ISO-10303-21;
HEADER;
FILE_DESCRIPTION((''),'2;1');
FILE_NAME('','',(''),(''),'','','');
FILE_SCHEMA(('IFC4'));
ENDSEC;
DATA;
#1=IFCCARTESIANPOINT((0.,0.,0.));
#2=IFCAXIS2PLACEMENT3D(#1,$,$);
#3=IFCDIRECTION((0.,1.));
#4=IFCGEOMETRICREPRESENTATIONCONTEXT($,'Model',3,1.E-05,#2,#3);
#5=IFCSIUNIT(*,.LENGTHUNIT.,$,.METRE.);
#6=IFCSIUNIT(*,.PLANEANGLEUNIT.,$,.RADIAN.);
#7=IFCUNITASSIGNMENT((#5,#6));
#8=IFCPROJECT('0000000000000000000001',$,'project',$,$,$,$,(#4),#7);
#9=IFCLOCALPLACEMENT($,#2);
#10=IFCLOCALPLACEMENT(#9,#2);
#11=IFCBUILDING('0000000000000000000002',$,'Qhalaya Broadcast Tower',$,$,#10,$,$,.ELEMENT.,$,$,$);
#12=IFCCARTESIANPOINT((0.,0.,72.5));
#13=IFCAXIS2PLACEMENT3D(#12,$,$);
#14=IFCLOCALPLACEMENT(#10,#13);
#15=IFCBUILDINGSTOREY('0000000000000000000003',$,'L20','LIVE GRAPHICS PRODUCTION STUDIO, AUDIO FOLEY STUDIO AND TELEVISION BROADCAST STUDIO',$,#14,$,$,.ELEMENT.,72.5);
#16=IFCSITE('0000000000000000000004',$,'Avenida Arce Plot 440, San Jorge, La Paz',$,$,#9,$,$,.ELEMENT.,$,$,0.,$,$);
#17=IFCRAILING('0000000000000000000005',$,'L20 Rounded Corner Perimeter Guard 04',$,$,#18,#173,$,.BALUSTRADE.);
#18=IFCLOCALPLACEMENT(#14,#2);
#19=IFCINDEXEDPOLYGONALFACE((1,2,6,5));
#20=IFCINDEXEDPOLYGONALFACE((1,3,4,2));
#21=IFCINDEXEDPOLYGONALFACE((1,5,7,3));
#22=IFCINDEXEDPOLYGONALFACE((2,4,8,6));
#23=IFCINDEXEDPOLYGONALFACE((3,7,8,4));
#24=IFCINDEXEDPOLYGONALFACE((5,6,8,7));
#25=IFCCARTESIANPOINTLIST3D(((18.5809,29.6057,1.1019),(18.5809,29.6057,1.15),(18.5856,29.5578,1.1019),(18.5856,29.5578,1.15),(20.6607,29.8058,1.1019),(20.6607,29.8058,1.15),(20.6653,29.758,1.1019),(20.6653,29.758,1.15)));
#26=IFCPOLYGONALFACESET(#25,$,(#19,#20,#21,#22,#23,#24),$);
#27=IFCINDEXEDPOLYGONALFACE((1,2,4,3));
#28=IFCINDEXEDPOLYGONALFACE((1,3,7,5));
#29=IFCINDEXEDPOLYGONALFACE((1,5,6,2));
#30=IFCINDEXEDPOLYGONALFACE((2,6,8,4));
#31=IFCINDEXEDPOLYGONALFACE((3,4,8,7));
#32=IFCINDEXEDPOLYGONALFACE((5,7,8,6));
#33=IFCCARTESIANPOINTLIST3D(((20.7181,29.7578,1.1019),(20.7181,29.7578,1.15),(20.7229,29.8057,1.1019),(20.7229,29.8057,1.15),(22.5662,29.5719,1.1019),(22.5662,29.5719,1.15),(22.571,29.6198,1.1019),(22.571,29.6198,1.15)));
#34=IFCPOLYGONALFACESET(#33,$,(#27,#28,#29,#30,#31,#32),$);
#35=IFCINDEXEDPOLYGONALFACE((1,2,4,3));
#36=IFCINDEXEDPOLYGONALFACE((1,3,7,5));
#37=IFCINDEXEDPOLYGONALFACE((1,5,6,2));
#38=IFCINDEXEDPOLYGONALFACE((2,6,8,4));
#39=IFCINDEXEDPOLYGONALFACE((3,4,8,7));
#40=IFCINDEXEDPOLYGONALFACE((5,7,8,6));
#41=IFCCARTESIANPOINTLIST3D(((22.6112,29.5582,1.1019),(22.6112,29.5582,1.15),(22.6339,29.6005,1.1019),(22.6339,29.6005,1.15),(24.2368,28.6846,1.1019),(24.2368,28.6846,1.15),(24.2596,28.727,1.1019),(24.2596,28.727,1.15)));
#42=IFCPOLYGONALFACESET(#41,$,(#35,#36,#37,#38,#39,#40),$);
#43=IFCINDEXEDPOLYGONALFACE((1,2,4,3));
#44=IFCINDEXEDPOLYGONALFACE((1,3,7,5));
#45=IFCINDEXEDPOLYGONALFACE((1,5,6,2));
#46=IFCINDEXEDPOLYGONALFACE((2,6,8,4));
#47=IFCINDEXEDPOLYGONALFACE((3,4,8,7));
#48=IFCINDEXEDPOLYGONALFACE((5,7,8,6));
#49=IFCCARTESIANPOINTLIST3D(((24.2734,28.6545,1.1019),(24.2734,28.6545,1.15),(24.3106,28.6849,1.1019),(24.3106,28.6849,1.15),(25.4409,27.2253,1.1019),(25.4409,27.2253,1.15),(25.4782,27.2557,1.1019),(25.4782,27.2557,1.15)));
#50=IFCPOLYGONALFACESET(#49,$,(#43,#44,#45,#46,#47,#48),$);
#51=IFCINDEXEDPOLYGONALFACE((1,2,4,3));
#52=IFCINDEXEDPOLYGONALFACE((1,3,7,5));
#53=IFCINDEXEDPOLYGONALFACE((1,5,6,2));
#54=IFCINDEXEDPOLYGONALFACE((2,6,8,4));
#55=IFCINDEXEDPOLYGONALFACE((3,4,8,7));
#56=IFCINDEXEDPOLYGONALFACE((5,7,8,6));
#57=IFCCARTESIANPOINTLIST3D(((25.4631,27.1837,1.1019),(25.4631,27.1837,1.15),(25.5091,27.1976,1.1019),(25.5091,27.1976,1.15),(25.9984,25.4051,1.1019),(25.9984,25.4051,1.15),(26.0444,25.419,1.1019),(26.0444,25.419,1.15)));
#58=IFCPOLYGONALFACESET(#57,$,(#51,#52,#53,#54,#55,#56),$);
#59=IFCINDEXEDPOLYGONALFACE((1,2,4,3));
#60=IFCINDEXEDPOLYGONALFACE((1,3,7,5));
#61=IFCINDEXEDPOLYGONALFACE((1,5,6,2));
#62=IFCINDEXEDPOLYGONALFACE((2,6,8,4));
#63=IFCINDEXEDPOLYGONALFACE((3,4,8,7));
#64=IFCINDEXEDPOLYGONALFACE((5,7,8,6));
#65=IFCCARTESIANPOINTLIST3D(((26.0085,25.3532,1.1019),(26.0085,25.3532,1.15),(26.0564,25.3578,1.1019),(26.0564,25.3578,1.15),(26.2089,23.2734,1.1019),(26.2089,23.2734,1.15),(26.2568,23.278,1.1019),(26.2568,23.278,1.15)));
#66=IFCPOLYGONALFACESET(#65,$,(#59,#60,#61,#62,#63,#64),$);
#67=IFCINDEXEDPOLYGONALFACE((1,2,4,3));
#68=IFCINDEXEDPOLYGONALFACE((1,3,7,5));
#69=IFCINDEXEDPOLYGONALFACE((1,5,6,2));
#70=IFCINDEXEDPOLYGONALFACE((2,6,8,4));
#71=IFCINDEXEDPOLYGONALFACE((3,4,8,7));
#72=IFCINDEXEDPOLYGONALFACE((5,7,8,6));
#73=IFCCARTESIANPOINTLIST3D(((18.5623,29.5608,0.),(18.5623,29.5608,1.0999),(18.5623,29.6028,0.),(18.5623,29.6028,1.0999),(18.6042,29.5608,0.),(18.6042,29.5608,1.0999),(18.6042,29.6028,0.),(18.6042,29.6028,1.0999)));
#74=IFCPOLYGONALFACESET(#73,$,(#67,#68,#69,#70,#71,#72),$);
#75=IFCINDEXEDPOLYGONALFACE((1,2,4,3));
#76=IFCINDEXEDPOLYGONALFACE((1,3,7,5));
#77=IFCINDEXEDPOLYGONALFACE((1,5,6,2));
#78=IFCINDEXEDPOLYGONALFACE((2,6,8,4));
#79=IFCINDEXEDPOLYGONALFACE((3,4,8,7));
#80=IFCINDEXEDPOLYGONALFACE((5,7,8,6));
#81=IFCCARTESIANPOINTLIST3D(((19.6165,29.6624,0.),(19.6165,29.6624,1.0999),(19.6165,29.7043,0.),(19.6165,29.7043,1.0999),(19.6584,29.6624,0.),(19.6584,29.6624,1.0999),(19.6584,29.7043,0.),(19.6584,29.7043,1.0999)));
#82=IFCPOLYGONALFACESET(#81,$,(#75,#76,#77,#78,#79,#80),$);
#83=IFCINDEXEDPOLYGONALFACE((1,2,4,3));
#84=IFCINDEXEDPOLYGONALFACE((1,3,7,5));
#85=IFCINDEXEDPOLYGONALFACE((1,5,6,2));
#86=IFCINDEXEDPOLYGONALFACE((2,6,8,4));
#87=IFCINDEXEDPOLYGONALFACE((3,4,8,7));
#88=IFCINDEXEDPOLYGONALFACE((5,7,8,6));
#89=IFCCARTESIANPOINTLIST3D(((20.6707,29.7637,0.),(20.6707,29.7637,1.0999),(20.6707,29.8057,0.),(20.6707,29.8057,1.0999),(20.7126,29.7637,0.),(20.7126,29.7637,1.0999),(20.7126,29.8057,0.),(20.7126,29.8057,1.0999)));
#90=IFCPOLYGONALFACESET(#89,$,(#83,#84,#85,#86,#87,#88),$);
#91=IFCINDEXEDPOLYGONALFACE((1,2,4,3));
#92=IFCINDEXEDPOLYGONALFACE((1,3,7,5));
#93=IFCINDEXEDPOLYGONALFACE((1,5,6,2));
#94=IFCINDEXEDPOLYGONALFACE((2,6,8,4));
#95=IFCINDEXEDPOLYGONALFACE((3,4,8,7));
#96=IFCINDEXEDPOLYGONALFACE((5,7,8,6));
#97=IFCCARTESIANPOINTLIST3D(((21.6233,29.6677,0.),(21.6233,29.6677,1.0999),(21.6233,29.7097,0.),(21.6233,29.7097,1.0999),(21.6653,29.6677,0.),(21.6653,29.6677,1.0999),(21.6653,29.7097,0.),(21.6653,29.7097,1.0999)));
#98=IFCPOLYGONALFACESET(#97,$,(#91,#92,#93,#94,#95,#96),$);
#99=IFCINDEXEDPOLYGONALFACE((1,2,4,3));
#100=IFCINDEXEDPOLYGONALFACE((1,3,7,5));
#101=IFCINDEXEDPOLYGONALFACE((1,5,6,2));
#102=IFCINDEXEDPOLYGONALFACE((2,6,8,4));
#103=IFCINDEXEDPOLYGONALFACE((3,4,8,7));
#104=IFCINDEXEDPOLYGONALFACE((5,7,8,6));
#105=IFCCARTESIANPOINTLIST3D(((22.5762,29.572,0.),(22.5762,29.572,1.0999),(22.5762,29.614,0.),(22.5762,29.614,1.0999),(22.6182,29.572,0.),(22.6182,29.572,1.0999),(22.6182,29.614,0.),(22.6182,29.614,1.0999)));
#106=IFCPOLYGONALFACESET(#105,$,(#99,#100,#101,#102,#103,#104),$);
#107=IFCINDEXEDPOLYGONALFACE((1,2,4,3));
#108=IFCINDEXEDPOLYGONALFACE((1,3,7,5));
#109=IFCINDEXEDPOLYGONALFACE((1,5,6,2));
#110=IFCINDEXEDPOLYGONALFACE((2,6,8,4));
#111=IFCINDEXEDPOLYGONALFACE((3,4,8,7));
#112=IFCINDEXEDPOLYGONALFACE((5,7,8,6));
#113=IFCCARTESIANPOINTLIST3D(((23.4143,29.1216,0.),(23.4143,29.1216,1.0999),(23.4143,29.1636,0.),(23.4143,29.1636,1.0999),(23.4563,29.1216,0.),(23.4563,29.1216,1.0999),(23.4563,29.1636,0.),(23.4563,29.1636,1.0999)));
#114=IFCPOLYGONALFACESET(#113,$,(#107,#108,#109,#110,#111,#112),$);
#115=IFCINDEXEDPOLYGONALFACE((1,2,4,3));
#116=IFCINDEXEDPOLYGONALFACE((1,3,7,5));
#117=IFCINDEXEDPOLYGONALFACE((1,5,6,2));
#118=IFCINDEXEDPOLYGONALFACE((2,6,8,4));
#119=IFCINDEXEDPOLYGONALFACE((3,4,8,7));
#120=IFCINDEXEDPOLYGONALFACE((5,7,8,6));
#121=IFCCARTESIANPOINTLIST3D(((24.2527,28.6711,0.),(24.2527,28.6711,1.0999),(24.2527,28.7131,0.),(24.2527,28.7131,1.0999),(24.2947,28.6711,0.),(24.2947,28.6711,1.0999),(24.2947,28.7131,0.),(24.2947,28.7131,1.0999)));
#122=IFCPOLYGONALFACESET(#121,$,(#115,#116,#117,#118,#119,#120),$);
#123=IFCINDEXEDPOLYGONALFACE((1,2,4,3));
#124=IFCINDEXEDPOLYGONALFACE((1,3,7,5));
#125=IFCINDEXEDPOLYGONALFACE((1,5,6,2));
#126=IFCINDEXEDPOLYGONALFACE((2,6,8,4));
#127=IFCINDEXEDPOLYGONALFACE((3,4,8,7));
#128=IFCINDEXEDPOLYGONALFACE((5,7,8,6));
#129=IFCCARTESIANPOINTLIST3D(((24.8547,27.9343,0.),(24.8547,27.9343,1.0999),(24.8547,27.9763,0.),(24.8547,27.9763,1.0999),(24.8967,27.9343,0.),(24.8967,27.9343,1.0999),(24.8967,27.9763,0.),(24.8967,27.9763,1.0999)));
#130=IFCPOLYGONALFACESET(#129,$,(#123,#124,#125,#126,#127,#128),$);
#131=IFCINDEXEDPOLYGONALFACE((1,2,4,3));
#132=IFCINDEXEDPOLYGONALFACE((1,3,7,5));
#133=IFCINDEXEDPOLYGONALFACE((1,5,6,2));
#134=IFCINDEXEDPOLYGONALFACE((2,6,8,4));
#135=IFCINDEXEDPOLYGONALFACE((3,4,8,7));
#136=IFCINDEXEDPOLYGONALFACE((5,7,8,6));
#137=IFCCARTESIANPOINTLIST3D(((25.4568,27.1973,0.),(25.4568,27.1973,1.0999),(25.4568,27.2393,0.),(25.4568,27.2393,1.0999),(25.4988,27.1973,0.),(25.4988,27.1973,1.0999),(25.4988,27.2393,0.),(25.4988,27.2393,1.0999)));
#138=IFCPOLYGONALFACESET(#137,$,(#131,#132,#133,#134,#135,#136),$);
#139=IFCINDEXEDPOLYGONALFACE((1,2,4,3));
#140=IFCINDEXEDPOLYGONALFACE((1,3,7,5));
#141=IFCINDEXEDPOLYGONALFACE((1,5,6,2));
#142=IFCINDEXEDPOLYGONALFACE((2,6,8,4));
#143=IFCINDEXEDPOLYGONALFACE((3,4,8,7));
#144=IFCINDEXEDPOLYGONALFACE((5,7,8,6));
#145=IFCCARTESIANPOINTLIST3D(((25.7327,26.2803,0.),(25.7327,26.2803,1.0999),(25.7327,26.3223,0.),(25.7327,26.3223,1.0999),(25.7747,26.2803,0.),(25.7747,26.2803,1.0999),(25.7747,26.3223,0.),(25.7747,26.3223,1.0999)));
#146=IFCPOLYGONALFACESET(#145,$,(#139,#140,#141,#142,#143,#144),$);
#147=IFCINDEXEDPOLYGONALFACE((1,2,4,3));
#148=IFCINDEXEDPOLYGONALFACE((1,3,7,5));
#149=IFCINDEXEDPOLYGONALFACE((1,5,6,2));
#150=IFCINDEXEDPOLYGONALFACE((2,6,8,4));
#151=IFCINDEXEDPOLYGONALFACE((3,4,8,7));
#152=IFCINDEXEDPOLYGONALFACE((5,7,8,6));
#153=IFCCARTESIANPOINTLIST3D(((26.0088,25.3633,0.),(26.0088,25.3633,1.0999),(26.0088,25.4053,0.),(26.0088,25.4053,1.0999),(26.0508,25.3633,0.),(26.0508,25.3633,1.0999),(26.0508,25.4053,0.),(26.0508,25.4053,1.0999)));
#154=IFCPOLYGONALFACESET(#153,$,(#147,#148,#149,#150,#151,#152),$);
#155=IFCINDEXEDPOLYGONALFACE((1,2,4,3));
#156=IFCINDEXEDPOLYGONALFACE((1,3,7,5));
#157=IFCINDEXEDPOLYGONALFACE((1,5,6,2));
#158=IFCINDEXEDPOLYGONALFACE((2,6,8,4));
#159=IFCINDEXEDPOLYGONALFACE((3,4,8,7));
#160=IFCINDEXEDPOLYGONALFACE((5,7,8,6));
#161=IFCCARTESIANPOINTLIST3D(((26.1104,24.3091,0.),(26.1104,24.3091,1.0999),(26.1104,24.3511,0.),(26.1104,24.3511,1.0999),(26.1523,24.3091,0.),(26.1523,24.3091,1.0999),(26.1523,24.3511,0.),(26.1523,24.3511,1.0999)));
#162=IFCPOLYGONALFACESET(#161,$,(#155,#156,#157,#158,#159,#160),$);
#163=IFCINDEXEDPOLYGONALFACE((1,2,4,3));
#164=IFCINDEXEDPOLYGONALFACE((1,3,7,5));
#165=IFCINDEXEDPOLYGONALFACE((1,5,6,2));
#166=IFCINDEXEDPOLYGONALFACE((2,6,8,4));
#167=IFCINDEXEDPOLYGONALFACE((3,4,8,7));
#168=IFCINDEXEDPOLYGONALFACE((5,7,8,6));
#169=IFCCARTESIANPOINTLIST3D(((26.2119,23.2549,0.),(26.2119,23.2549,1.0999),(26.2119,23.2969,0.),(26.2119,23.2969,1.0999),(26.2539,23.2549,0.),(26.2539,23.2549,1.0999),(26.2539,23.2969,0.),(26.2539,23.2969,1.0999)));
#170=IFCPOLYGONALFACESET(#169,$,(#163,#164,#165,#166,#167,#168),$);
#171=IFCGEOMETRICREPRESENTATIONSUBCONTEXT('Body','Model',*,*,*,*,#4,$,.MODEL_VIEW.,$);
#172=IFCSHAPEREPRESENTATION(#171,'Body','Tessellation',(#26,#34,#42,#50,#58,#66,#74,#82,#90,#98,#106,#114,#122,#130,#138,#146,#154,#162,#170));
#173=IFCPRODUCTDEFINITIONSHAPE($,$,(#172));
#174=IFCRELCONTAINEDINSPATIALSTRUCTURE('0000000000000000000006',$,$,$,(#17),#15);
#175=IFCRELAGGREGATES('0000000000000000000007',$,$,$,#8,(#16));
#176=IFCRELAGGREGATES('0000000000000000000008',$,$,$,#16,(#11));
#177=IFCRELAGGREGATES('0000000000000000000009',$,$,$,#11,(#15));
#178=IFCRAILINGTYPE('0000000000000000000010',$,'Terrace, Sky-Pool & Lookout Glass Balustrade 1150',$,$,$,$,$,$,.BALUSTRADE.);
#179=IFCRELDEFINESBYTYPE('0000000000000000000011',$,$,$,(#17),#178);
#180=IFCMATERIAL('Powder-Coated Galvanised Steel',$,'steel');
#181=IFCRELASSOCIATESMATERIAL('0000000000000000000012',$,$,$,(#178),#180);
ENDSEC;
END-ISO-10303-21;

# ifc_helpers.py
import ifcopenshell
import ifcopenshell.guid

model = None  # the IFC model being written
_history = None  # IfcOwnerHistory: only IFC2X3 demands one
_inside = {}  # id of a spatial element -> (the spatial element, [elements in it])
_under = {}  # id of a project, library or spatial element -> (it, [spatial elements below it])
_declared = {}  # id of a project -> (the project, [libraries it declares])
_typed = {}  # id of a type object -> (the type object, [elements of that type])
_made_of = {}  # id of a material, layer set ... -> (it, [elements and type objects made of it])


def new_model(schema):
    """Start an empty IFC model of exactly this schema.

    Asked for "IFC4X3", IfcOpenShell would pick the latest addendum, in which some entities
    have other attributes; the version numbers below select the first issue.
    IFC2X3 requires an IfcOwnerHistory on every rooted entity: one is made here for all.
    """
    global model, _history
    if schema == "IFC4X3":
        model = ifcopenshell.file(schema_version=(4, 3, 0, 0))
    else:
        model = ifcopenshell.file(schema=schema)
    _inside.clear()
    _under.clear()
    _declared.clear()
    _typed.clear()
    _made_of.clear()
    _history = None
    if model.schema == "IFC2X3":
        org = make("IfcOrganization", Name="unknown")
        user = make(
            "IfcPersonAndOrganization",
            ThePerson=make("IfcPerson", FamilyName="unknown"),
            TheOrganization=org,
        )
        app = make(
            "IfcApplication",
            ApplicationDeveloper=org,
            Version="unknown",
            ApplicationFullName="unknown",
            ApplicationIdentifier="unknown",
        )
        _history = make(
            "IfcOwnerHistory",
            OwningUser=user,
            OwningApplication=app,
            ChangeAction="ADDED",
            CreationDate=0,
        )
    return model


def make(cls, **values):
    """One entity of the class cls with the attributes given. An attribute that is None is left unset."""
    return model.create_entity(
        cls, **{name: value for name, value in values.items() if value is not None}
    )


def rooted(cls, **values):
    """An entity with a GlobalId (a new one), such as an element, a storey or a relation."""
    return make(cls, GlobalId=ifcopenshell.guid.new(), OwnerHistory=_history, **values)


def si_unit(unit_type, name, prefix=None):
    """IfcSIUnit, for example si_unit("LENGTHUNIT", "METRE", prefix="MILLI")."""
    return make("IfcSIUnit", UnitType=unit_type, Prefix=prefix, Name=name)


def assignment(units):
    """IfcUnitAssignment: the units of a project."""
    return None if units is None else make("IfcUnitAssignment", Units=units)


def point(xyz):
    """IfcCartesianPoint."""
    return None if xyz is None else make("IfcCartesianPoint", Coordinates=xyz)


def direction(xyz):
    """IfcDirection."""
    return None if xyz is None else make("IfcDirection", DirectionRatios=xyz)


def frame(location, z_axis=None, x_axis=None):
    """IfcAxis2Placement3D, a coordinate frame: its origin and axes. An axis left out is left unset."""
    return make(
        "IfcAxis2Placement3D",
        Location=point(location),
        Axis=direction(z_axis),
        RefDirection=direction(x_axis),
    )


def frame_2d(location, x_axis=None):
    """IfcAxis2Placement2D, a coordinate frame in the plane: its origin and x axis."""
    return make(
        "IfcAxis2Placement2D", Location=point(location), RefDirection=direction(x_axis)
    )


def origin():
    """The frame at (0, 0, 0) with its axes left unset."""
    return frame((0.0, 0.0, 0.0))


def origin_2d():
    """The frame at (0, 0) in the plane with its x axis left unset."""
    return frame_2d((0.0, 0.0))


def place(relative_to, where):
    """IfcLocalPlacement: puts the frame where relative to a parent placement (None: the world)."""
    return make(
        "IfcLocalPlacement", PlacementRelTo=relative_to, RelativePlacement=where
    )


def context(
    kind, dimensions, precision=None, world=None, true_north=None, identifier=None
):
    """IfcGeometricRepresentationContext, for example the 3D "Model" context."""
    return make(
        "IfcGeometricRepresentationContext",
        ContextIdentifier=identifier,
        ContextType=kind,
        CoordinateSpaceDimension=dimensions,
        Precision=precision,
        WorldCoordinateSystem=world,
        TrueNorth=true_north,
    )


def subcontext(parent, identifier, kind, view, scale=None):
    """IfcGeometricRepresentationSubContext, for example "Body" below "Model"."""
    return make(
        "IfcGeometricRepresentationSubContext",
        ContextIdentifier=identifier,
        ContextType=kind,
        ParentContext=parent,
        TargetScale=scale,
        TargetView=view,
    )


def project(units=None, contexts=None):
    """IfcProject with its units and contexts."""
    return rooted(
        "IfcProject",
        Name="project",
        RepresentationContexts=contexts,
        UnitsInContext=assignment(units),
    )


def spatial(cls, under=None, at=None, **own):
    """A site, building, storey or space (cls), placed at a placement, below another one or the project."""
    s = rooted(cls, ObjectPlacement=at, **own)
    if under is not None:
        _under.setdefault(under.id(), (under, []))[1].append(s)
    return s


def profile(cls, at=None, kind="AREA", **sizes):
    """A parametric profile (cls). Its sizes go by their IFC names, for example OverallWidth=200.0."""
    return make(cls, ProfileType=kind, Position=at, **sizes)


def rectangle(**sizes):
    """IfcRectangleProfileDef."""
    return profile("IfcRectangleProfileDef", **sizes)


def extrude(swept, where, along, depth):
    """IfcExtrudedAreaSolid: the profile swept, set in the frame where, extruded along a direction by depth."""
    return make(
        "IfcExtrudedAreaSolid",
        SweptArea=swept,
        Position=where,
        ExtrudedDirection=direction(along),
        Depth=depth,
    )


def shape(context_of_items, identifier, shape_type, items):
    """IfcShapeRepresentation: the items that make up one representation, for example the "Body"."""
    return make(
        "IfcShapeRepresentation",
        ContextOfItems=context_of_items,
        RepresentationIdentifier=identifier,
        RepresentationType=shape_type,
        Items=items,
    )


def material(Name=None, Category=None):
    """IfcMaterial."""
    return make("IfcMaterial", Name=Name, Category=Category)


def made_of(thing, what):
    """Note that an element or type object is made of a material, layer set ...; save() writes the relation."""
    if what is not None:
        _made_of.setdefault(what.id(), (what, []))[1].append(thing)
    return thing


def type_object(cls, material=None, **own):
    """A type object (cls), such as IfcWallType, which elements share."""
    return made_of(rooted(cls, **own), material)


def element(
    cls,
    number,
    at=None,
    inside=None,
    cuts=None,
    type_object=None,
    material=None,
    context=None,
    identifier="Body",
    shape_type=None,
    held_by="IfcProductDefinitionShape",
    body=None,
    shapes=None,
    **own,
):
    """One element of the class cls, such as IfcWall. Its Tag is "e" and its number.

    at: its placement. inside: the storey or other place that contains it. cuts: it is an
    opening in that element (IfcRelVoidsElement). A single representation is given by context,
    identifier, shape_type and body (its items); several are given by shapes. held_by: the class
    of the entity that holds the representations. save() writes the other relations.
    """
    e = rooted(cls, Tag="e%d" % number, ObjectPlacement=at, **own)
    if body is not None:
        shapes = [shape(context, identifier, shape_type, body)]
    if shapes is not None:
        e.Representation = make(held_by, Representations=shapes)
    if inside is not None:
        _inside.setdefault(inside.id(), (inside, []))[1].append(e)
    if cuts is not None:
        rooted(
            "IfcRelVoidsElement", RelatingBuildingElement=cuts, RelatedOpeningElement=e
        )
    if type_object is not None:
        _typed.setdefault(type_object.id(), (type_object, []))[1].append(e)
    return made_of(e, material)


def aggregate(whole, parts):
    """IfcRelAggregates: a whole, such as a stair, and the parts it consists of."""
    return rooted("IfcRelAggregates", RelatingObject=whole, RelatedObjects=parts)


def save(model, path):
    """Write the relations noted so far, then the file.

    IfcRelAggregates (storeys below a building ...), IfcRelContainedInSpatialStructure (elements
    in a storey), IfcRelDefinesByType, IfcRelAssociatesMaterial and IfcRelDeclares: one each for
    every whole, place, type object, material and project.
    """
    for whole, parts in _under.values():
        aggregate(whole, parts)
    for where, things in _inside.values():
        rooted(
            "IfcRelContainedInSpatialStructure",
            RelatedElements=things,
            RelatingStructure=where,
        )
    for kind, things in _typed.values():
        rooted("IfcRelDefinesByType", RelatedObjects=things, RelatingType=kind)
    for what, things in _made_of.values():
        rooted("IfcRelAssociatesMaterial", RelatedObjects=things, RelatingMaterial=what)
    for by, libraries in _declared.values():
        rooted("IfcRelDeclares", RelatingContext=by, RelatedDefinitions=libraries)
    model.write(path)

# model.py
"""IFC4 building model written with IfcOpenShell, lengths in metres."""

from ifc_helpers import new_model, si_unit, direction, frame, origin, origin_2d, place, context, subcontext, project, spatial, rectangle, extrude, material, type_object, element, save


model = new_model("IFC4")

# Units and contexts
model_context = context("Model", 3, precision=1e-05, world=origin(), true_north=direction((0.0, 1.0)))
body_context = subcontext(model_context, "Body", "Model", "MODEL_VIEW")
ifc_project = project(units=[si_unit("LENGTHUNIT", "METRE"), si_unit("PLANEANGLEUNIT", "RADIAN")], contexts=[model_context])

# Site, building, storey
site_placement = place(None, origin())
site = spatial("IfcSite", under=ifc_project, at=site_placement, Name="Avenida Arce Plot 440, San Jorge, La Paz", CompositionType="ELEMENT", RefElevation=0.0)
building_placement = place(site_placement, origin())
building = spatial("IfcBuilding", under=site, at=building_placement, Name="Qhalaya Broadcast Tower", CompositionType="ELEMENT")
storey_placement = place(building_placement, frame((0.0, 0.0, 72.5)))
storey = spatial("IfcBuildingStorey", under=building, at=storey_placement, Name="L20", Description="LIVE GRAPHICS PRODUCTION STUDIO, AUDIO FOLEY STUDIO AND TELEVISION BROADCAST STUDIO", CompositionType="ELEMENT", Elevation=72.5)

# Railing
ifc_material_1 = material(Name="Powder-Coated Galvanised Steel", Category="steel")
railing_type = type_object("IfcRailingType", Name="Terrace, Sky-Pool & Lookout Glass Balustrade 1150", PredefinedType="BALUSTRADE", material=ifc_material_1)
railing_placement = place(storey_placement, frame((18.5833, 29.5818, 0.0)))
element("IfcRailing", 1, at=railing_placement, inside=storey, type_object=railing_type, Name="L20 Rounded Corner Perimeter Guard 04", PredefinedType="BALUSTRADE", context=body_context, shape_type="SweptSolid", body=[
    extrude(rectangle(XDim=0.0481, YDim=0.0481, at=origin_2d()), frame((0.0, 0.0, 1.126), z_axis=(0.995402, 0.095783, 0.0), x_axis=(-0.095783, 0.995402, 0.0)), (0.0, 0.0, 1.0), 2.0894),
    extrude(rectangle(XDim=0.0481, YDim=0.0481, at=origin_2d()), frame((2.1372, 0.2, 1.126), z_axis=(0.99498, -0.100072, 0.0), x_axis=(0.100072, 0.99498, 0.0)), (0.0, 0.0, 1.0), 1.8574),
    extrude(rectangle(XDim=0.0481, YDim=0.0481, at=origin_2d()), frame((4.0393, -0.0024, 1.126), z_axis=(0.880879, -0.473342, 0.0), x_axis=(0.473342, 0.880879, 0.0)), (0.0, 0.0, 1.0), 1.8455),
    extrude(rectangle(XDim=0.0481, YDim=0.0481, at=origin_2d()), frame((5.7087, -0.9121, 1.126), z_axis=(0.632672, -0.77442, 0.0), x_axis=(0.77442, 0.632672, 0.0)), (0.0, 0.0, 1.0), 1.8455),
    extrude(rectangle(XDim=0.0481, YDim=0.0481, at=origin_2d()), frame((6.9028, -2.3911, 1.126), z_axis=(0.288213, -0.957566, 0.0), x_axis=(0.957566, 0.288213, 0.0)), (0.0, 0.0, 1.0), 1.8574),
    extrude(rectangle(XDim=0.0481, YDim=0.0481, at=origin_2d()), frame((7.4492, -4.2263, 1.126), z_axis=(0.095897, -0.995391, 0.0), x_axis=(0.995391, 0.095897, 0.0)), (0.0, 0.0, 1.0), 2.0894),
    extrude(rectangle(XDim=0.042, YDim=0.042, at=origin_2d()), origin(), (0.0, 0.0, 1.0), 1.0999),
    extrude(rectangle(XDim=0.042, YDim=0.042, at=origin_2d()), frame((1.0542, 0.1016, 0.0)), (0.0, 0.0, 1.0), 1.0999),
    extrude(rectangle(XDim=0.042, YDim=0.042, at=origin_2d()), frame((2.1084, 0.2029, 0.0)), (0.0, 0.0, 1.0), 1.0999),
    extrude(rectangle(XDim=0.042, YDim=0.042, at=origin_2d()), frame((3.061, 0.1069, 0.0)), (0.0, 0.0, 1.0), 1.0999),
    extrude(rectangle(XDim=0.042, YDim=0.042, at=origin_2d()), frame((4.0139, 0.0112, 0.0)), (0.0, 0.0, 1.0), 1.0999),
    extrude(rectangle(XDim=0.042, YDim=0.042, at=origin_2d()), frame((4.8521, -0.4392, 0.0)), (0.0, 0.0, 1.0), 1.0999),
    extrude(rectangle(XDim=0.042, YDim=0.042, at=origin_2d()), frame((5.6904, -0.8896, 0.0)), (0.0, 0.0, 1.0), 1.0999),
    extrude(rectangle(XDim=0.042, YDim=0.042, at=origin_2d()), frame((6.2925, -1.6265, 0.0)), (0.0, 0.0, 1.0), 1.0999),
    extrude(rectangle(XDim=0.042, YDim=0.042, at=origin_2d()), frame((6.8945, -2.3635, 0.0)), (0.0, 0.0, 1.0), 1.0999),
    extrude(rectangle(XDim=0.042, YDim=0.042, at=origin_2d()), frame((7.1704, -3.2805, 0.0)), (0.0, 0.0, 1.0), 1.0999),
    extrude(rectangle(XDim=0.042, YDim=0.042, at=origin_2d()), frame((7.4465, -4.1975, 0.0)), (0.0, 0.0, 1.0), 1.0999),
    extrude(rectangle(XDim=0.042, YDim=0.042, at=origin_2d()), frame((7.5481, -5.2517, 0.0)), (0.0, 0.0, 1.0), 1.0999),
    extrude(rectangle(XDim=0.042, YDim=0.042, at=origin_2d()), frame((7.6497, -6.3059, 0.0)), (0.0, 0.0, 1.0), 1.0999),
])

save(model, "model.ifc")
